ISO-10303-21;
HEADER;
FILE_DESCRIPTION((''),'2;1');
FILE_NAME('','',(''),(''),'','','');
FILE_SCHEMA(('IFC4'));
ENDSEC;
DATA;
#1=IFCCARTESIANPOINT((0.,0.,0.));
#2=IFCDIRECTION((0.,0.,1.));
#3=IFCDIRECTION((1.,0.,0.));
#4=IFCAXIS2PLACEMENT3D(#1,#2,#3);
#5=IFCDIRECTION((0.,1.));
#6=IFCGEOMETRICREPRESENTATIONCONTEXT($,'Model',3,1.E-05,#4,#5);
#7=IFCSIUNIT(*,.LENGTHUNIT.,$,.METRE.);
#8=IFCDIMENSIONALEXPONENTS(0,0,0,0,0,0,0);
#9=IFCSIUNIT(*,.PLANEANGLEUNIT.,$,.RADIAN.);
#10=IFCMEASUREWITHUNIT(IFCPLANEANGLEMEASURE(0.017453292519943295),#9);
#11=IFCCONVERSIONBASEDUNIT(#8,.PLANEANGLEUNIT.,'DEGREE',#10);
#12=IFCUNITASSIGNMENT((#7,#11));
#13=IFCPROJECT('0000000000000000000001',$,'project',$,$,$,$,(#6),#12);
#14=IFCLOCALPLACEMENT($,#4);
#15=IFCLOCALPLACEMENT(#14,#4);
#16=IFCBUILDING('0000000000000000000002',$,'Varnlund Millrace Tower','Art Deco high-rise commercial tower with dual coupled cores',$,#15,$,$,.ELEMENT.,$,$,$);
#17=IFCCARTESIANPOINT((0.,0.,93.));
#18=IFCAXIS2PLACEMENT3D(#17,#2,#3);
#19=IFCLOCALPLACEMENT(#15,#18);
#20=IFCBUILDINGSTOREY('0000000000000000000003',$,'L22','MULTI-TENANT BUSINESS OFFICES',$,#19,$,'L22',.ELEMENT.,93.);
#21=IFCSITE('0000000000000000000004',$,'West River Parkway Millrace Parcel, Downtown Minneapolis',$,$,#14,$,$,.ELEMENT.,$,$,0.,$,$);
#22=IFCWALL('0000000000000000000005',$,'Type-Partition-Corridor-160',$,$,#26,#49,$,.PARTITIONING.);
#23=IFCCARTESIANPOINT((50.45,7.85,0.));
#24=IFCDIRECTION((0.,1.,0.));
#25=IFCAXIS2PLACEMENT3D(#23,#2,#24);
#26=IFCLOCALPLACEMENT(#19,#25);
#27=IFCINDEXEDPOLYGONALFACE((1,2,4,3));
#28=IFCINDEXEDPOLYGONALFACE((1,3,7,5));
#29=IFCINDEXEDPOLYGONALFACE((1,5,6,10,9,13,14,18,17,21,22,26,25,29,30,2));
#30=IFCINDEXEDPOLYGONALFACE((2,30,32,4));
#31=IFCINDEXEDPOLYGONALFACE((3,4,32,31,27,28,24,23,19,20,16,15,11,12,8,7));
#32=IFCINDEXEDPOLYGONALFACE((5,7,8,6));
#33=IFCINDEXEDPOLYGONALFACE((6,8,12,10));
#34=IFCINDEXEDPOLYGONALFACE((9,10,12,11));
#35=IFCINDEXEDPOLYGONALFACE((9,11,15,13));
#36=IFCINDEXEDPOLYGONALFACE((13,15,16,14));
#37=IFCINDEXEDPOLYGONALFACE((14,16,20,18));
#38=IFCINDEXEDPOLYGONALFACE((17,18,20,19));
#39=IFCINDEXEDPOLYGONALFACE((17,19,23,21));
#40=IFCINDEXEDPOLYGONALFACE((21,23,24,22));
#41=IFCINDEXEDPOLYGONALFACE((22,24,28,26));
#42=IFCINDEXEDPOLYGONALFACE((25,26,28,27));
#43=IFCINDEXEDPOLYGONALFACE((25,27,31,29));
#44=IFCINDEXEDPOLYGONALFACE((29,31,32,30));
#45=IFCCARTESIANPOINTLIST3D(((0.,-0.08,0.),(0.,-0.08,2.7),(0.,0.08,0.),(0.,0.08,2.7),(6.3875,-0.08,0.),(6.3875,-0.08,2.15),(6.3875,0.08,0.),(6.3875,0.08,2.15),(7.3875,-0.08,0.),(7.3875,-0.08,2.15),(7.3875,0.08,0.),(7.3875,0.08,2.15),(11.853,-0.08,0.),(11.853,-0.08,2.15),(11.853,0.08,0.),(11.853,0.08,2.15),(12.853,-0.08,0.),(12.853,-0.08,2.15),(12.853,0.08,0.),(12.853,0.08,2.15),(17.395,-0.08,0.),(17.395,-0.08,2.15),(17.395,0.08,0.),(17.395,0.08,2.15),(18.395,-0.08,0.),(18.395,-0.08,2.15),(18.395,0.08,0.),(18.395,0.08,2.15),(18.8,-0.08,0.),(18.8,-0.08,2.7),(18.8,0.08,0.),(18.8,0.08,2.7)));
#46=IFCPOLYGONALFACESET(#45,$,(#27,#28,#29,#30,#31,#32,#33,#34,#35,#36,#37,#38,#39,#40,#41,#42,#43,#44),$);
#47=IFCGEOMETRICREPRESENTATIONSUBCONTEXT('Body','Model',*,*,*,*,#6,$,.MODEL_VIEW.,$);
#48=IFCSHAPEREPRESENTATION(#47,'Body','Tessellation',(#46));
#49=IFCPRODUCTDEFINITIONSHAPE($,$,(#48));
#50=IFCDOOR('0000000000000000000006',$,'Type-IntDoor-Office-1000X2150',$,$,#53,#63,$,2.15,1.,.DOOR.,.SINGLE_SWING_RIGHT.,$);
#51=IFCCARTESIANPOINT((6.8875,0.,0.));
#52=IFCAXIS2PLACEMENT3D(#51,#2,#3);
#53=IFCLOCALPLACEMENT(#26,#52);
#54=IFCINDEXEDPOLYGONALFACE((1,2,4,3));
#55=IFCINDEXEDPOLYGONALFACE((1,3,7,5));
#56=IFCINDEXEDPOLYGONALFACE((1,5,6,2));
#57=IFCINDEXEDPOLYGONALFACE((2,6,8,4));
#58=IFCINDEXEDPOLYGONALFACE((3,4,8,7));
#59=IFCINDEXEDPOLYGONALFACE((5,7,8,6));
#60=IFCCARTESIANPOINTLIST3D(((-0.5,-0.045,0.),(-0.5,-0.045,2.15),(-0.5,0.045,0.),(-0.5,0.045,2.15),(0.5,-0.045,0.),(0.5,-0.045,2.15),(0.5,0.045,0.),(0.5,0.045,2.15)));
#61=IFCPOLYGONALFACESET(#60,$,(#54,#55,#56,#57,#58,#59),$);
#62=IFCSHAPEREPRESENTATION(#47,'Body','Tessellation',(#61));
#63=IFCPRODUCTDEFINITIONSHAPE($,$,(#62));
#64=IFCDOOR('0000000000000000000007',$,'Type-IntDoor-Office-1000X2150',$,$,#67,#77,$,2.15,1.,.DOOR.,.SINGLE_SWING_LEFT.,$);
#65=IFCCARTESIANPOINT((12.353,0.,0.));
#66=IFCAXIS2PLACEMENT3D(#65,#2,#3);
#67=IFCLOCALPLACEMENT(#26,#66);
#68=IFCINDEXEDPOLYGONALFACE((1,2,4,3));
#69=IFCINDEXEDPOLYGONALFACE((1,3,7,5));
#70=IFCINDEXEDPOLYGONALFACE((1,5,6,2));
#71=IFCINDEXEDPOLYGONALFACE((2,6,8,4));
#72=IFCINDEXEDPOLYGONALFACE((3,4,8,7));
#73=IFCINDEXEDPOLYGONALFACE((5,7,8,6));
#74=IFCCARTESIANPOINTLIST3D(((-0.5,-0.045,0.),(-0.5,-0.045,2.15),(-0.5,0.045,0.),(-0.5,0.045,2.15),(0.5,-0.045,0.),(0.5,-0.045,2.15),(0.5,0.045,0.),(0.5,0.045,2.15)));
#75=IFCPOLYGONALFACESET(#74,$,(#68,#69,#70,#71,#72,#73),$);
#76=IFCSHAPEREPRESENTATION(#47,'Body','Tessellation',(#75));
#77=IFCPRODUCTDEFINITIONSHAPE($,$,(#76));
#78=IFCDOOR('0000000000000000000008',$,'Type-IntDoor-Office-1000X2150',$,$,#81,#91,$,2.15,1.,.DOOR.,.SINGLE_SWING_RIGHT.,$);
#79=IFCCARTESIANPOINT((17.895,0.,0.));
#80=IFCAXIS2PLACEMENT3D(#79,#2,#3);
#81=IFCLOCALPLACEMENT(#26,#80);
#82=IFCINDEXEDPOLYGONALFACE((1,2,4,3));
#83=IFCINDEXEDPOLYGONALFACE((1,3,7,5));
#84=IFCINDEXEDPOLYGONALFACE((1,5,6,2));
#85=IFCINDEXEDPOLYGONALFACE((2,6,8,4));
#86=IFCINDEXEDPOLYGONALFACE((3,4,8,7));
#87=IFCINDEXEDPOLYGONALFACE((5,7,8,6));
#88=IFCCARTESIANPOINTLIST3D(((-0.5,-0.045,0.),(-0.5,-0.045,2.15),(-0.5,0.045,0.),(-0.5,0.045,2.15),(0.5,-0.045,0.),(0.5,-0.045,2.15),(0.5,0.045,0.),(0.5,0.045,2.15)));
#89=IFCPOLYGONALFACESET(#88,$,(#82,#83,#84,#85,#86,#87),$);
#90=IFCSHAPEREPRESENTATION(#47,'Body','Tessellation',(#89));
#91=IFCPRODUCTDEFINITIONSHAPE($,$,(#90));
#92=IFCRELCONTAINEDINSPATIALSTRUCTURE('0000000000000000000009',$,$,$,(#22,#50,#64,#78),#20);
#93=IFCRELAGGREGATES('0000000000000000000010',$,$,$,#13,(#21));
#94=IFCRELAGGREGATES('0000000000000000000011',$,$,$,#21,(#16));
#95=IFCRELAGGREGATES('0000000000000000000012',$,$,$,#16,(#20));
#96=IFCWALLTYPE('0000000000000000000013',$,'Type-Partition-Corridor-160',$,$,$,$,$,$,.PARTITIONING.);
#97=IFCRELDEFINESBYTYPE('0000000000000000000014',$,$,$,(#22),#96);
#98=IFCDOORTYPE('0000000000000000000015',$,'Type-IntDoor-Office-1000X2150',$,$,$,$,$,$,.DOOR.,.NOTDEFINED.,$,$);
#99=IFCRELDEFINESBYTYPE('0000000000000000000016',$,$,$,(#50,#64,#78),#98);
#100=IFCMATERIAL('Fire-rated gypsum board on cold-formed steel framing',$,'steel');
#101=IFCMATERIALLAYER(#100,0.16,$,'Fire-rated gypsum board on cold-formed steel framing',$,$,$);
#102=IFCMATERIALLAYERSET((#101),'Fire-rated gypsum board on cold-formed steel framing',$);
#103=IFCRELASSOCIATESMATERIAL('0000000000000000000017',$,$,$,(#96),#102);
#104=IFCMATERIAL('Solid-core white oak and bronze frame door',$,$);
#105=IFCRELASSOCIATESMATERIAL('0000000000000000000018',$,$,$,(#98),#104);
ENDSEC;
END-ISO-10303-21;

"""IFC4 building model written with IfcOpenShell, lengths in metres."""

from ifc_helpers import new_model, entity, si_unit, converted_unit, direction, frame, origin_with_axes, origin_2d_with_axis, place, context, subcontext, project, spatial, polyline, rectangle, outline, extrude, material, layer, layer_set, type_object, element, fill, save


model = new_model("IFC4")

# Units and contexts
model_context = context("Model", 3, precision=1e-05, world=origin_with_axes(), true_north=direction((0.0, 1.0)))
body_context = subcontext(model_context, "Body", "Model", "MODEL_VIEW")
ifc_project = project(units=[si_unit("LENGTHUNIT", "METRE"), converted_unit("PLANEANGLEUNIT", "DEGREE", entity("IfcPlaneAngleMeasure", 0.017453292519943295), si_unit("PLANEANGLEUNIT", "RADIAN"), dimensions=[0, 0, 0, 0, 0, 0, 0])], contexts=[model_context])

# Site, building, storey
site_placement = place(None, origin_with_axes())
site = spatial("IfcSite", under=ifc_project, at=site_placement, Name="West River Parkway Millrace Parcel, Downtown Minneapolis", CompositionType="ELEMENT", RefElevation=0.0)
building_placement = place(site_placement, origin_with_axes())
building = spatial("IfcBuilding", under=site, at=building_placement, Name="Varnlund Millrace Tower", Description="Art Deco high-rise commercial tower with dual coupled cores", CompositionType="ELEMENT")
storey_placement = place(building_placement, frame((0.0, 0.0, 93.0), z_axis=(0.0, 0.0, 1.0), x_axis=(1.0, 0.0, 0.0)))
storey = spatial("IfcBuildingStorey", under=building, at=storey_placement, Name="L22", Description="MULTI-TENANT BUSINESS OFFICES", LongName="L22", CompositionType="ELEMENT", Elevation=93.0)

# Wall, openings, doors
ifc_material_1 = material(Name="Fire-rated gypsum board on cold-formed steel framing", Category="steel")
ifc_layer_1 = layer(ifc_material_1, 0.16, Name="Fire-rated gypsum board on cold-formed steel framing")
ifc_layer_set_1 = layer_set([ifc_layer_1], Name="Fire-rated gypsum board on cold-formed steel framing")
wall_type_1 = type_object("IfcWallType", Name="Type-Partition-Corridor-160", PredefinedType="PARTITIONING", material=ifc_layer_set_1)
wall_1_placement = place(storey_placement, frame((50.45, 7.85, 0.0), z_axis=(0.0, 0.0, 1.0), x_axis=(0.0, 1.0, 0.0)))
wall_1 = element("IfcWall", 1, at=wall_1_placement, inside=storey, type_object=wall_type_1, Name="Type-Partition-Corridor-160", PredefinedType="PARTITIONING", context=body_context, shape_type="SweptSolid", body=[
    extrude(outline(polyline([(0.0, -0.08), (18.8, -0.08), (18.8, 0.08), (0.0, 0.08), (0.0, -0.08)])), origin_with_axes(), (0.0, 0.0, 1.0), 2.7),
])
opening_1_placement = place(wall_1_placement, frame((6.8875, 0.0, 0.0), z_axis=(0.0, 0.0, 1.0), x_axis=(1.0, 0.0, 0.0)))
opening_1 = element("IfcOpeningElement", 2, at=opening_1_placement, cuts=wall_1, PredefinedType="OPENING", context=body_context, shape_type="SweptSolid", body=[
    extrude(rectangle(XDim=1.0, YDim=0.18, at=origin_2d_with_axis()), origin_with_axes(), (0.0, 0.0, 1.0), 2.15),
])
opening_2_placement = place(wall_1_placement, frame((12.353, 0.0, 0.0), z_axis=(0.0, 0.0, 1.0), x_axis=(1.0, 0.0, 0.0)))
opening_2 = element("IfcOpeningElement", 3, at=opening_2_placement, cuts=wall_1, PredefinedType="OPENING", context=body_context, shape_type="SweptSolid", body=[
    extrude(rectangle(XDim=1.0, YDim=0.18, at=origin_2d_with_axis()), origin_with_axes(), (0.0, 0.0, 1.0), 2.15),
])
opening_3_placement = place(wall_1_placement, frame((17.895, 0.0, 0.0), z_axis=(0.0, 0.0, 1.0), x_axis=(1.0, 0.0, 0.0)))
opening_3 = element("IfcOpeningElement", 4, at=opening_3_placement, cuts=wall_1, PredefinedType="OPENING", context=body_context, shape_type="SweptSolid", body=[
    extrude(rectangle(XDim=1.0, YDim=0.18, at=origin_2d_with_axis()), origin_with_axes(), (0.0, 0.0, 1.0), 2.15),
])
ifc_material_2 = material(Name="Solid-core white oak and bronze frame door")
door_type = type_object("IfcDoorType", Name="Type-IntDoor-Office-1000X2150", OperationType="NOTDEFINED", PredefinedType="DOOR", material=ifc_material_2)
door_1_placement = place(wall_1_placement, frame((6.8875, 0.0, 0.0), z_axis=(0.0, 0.0, 1.0), x_axis=(1.0, 0.0, 0.0)))
door_1 = element("IfcDoor", 5, at=door_1_placement, inside=storey, type_object=door_type, Name="Type-IntDoor-Office-1000X2150", OperationType="SINGLE_SWING_RIGHT", OverallHeight=2.15, OverallWidth=1.0, PredefinedType="DOOR", context=body_context, shape_type="SweptSolid", body=[
    extrude(rectangle(XDim=1.0, YDim=0.09, at=origin_2d_with_axis()), origin_with_axes(), (0.0, 0.0, 1.0), 2.15),
])
fill(opening_1, door_1)
door_2_placement = place(wall_1_placement, frame((12.353, 0.0, 0.0), z_axis=(0.0, 0.0, 1.0), x_axis=(1.0, 0.0, 0.0)))
door_2 = element("IfcDoor", 6, at=door_2_placement, inside=storey, type_object=door_type, Name="Type-IntDoor-Office-1000X2150", OperationType="SINGLE_SWING_LEFT", OverallHeight=2.15, OverallWidth=1.0, PredefinedType="DOOR", context=body_context, shape_type="SweptSolid", body=[
    extrude(rectangle(XDim=1.0, YDim=0.09, at=origin_2d_with_axis()), origin_with_axes(), (0.0, 0.0, 1.0), 2.15),
])
fill(opening_2, door_2)
door_3_placement = place(wall_1_placement, frame((17.895, 0.0, 0.0), z_axis=(0.0, 0.0, 1.0), x_axis=(1.0, 0.0, 0.0)))
door_3 = element("IfcDoor", 7, at=door_3_placement, inside=storey, type_object=door_type, Name="Type-IntDoor-Office-1000X2150", OperationType="SINGLE_SWING_RIGHT", OverallHeight=2.15, OverallWidth=1.0, PredefinedType="DOOR", context=body_context, shape_type="SweptSolid", body=[
    extrude(rectangle(XDim=1.0, YDim=0.09, at=origin_2d_with_axis()), origin_with_axes(), (0.0, 0.0, 1.0), 2.15),
])
fill(opening_3, door_3)

save(model, "model.ifc")
